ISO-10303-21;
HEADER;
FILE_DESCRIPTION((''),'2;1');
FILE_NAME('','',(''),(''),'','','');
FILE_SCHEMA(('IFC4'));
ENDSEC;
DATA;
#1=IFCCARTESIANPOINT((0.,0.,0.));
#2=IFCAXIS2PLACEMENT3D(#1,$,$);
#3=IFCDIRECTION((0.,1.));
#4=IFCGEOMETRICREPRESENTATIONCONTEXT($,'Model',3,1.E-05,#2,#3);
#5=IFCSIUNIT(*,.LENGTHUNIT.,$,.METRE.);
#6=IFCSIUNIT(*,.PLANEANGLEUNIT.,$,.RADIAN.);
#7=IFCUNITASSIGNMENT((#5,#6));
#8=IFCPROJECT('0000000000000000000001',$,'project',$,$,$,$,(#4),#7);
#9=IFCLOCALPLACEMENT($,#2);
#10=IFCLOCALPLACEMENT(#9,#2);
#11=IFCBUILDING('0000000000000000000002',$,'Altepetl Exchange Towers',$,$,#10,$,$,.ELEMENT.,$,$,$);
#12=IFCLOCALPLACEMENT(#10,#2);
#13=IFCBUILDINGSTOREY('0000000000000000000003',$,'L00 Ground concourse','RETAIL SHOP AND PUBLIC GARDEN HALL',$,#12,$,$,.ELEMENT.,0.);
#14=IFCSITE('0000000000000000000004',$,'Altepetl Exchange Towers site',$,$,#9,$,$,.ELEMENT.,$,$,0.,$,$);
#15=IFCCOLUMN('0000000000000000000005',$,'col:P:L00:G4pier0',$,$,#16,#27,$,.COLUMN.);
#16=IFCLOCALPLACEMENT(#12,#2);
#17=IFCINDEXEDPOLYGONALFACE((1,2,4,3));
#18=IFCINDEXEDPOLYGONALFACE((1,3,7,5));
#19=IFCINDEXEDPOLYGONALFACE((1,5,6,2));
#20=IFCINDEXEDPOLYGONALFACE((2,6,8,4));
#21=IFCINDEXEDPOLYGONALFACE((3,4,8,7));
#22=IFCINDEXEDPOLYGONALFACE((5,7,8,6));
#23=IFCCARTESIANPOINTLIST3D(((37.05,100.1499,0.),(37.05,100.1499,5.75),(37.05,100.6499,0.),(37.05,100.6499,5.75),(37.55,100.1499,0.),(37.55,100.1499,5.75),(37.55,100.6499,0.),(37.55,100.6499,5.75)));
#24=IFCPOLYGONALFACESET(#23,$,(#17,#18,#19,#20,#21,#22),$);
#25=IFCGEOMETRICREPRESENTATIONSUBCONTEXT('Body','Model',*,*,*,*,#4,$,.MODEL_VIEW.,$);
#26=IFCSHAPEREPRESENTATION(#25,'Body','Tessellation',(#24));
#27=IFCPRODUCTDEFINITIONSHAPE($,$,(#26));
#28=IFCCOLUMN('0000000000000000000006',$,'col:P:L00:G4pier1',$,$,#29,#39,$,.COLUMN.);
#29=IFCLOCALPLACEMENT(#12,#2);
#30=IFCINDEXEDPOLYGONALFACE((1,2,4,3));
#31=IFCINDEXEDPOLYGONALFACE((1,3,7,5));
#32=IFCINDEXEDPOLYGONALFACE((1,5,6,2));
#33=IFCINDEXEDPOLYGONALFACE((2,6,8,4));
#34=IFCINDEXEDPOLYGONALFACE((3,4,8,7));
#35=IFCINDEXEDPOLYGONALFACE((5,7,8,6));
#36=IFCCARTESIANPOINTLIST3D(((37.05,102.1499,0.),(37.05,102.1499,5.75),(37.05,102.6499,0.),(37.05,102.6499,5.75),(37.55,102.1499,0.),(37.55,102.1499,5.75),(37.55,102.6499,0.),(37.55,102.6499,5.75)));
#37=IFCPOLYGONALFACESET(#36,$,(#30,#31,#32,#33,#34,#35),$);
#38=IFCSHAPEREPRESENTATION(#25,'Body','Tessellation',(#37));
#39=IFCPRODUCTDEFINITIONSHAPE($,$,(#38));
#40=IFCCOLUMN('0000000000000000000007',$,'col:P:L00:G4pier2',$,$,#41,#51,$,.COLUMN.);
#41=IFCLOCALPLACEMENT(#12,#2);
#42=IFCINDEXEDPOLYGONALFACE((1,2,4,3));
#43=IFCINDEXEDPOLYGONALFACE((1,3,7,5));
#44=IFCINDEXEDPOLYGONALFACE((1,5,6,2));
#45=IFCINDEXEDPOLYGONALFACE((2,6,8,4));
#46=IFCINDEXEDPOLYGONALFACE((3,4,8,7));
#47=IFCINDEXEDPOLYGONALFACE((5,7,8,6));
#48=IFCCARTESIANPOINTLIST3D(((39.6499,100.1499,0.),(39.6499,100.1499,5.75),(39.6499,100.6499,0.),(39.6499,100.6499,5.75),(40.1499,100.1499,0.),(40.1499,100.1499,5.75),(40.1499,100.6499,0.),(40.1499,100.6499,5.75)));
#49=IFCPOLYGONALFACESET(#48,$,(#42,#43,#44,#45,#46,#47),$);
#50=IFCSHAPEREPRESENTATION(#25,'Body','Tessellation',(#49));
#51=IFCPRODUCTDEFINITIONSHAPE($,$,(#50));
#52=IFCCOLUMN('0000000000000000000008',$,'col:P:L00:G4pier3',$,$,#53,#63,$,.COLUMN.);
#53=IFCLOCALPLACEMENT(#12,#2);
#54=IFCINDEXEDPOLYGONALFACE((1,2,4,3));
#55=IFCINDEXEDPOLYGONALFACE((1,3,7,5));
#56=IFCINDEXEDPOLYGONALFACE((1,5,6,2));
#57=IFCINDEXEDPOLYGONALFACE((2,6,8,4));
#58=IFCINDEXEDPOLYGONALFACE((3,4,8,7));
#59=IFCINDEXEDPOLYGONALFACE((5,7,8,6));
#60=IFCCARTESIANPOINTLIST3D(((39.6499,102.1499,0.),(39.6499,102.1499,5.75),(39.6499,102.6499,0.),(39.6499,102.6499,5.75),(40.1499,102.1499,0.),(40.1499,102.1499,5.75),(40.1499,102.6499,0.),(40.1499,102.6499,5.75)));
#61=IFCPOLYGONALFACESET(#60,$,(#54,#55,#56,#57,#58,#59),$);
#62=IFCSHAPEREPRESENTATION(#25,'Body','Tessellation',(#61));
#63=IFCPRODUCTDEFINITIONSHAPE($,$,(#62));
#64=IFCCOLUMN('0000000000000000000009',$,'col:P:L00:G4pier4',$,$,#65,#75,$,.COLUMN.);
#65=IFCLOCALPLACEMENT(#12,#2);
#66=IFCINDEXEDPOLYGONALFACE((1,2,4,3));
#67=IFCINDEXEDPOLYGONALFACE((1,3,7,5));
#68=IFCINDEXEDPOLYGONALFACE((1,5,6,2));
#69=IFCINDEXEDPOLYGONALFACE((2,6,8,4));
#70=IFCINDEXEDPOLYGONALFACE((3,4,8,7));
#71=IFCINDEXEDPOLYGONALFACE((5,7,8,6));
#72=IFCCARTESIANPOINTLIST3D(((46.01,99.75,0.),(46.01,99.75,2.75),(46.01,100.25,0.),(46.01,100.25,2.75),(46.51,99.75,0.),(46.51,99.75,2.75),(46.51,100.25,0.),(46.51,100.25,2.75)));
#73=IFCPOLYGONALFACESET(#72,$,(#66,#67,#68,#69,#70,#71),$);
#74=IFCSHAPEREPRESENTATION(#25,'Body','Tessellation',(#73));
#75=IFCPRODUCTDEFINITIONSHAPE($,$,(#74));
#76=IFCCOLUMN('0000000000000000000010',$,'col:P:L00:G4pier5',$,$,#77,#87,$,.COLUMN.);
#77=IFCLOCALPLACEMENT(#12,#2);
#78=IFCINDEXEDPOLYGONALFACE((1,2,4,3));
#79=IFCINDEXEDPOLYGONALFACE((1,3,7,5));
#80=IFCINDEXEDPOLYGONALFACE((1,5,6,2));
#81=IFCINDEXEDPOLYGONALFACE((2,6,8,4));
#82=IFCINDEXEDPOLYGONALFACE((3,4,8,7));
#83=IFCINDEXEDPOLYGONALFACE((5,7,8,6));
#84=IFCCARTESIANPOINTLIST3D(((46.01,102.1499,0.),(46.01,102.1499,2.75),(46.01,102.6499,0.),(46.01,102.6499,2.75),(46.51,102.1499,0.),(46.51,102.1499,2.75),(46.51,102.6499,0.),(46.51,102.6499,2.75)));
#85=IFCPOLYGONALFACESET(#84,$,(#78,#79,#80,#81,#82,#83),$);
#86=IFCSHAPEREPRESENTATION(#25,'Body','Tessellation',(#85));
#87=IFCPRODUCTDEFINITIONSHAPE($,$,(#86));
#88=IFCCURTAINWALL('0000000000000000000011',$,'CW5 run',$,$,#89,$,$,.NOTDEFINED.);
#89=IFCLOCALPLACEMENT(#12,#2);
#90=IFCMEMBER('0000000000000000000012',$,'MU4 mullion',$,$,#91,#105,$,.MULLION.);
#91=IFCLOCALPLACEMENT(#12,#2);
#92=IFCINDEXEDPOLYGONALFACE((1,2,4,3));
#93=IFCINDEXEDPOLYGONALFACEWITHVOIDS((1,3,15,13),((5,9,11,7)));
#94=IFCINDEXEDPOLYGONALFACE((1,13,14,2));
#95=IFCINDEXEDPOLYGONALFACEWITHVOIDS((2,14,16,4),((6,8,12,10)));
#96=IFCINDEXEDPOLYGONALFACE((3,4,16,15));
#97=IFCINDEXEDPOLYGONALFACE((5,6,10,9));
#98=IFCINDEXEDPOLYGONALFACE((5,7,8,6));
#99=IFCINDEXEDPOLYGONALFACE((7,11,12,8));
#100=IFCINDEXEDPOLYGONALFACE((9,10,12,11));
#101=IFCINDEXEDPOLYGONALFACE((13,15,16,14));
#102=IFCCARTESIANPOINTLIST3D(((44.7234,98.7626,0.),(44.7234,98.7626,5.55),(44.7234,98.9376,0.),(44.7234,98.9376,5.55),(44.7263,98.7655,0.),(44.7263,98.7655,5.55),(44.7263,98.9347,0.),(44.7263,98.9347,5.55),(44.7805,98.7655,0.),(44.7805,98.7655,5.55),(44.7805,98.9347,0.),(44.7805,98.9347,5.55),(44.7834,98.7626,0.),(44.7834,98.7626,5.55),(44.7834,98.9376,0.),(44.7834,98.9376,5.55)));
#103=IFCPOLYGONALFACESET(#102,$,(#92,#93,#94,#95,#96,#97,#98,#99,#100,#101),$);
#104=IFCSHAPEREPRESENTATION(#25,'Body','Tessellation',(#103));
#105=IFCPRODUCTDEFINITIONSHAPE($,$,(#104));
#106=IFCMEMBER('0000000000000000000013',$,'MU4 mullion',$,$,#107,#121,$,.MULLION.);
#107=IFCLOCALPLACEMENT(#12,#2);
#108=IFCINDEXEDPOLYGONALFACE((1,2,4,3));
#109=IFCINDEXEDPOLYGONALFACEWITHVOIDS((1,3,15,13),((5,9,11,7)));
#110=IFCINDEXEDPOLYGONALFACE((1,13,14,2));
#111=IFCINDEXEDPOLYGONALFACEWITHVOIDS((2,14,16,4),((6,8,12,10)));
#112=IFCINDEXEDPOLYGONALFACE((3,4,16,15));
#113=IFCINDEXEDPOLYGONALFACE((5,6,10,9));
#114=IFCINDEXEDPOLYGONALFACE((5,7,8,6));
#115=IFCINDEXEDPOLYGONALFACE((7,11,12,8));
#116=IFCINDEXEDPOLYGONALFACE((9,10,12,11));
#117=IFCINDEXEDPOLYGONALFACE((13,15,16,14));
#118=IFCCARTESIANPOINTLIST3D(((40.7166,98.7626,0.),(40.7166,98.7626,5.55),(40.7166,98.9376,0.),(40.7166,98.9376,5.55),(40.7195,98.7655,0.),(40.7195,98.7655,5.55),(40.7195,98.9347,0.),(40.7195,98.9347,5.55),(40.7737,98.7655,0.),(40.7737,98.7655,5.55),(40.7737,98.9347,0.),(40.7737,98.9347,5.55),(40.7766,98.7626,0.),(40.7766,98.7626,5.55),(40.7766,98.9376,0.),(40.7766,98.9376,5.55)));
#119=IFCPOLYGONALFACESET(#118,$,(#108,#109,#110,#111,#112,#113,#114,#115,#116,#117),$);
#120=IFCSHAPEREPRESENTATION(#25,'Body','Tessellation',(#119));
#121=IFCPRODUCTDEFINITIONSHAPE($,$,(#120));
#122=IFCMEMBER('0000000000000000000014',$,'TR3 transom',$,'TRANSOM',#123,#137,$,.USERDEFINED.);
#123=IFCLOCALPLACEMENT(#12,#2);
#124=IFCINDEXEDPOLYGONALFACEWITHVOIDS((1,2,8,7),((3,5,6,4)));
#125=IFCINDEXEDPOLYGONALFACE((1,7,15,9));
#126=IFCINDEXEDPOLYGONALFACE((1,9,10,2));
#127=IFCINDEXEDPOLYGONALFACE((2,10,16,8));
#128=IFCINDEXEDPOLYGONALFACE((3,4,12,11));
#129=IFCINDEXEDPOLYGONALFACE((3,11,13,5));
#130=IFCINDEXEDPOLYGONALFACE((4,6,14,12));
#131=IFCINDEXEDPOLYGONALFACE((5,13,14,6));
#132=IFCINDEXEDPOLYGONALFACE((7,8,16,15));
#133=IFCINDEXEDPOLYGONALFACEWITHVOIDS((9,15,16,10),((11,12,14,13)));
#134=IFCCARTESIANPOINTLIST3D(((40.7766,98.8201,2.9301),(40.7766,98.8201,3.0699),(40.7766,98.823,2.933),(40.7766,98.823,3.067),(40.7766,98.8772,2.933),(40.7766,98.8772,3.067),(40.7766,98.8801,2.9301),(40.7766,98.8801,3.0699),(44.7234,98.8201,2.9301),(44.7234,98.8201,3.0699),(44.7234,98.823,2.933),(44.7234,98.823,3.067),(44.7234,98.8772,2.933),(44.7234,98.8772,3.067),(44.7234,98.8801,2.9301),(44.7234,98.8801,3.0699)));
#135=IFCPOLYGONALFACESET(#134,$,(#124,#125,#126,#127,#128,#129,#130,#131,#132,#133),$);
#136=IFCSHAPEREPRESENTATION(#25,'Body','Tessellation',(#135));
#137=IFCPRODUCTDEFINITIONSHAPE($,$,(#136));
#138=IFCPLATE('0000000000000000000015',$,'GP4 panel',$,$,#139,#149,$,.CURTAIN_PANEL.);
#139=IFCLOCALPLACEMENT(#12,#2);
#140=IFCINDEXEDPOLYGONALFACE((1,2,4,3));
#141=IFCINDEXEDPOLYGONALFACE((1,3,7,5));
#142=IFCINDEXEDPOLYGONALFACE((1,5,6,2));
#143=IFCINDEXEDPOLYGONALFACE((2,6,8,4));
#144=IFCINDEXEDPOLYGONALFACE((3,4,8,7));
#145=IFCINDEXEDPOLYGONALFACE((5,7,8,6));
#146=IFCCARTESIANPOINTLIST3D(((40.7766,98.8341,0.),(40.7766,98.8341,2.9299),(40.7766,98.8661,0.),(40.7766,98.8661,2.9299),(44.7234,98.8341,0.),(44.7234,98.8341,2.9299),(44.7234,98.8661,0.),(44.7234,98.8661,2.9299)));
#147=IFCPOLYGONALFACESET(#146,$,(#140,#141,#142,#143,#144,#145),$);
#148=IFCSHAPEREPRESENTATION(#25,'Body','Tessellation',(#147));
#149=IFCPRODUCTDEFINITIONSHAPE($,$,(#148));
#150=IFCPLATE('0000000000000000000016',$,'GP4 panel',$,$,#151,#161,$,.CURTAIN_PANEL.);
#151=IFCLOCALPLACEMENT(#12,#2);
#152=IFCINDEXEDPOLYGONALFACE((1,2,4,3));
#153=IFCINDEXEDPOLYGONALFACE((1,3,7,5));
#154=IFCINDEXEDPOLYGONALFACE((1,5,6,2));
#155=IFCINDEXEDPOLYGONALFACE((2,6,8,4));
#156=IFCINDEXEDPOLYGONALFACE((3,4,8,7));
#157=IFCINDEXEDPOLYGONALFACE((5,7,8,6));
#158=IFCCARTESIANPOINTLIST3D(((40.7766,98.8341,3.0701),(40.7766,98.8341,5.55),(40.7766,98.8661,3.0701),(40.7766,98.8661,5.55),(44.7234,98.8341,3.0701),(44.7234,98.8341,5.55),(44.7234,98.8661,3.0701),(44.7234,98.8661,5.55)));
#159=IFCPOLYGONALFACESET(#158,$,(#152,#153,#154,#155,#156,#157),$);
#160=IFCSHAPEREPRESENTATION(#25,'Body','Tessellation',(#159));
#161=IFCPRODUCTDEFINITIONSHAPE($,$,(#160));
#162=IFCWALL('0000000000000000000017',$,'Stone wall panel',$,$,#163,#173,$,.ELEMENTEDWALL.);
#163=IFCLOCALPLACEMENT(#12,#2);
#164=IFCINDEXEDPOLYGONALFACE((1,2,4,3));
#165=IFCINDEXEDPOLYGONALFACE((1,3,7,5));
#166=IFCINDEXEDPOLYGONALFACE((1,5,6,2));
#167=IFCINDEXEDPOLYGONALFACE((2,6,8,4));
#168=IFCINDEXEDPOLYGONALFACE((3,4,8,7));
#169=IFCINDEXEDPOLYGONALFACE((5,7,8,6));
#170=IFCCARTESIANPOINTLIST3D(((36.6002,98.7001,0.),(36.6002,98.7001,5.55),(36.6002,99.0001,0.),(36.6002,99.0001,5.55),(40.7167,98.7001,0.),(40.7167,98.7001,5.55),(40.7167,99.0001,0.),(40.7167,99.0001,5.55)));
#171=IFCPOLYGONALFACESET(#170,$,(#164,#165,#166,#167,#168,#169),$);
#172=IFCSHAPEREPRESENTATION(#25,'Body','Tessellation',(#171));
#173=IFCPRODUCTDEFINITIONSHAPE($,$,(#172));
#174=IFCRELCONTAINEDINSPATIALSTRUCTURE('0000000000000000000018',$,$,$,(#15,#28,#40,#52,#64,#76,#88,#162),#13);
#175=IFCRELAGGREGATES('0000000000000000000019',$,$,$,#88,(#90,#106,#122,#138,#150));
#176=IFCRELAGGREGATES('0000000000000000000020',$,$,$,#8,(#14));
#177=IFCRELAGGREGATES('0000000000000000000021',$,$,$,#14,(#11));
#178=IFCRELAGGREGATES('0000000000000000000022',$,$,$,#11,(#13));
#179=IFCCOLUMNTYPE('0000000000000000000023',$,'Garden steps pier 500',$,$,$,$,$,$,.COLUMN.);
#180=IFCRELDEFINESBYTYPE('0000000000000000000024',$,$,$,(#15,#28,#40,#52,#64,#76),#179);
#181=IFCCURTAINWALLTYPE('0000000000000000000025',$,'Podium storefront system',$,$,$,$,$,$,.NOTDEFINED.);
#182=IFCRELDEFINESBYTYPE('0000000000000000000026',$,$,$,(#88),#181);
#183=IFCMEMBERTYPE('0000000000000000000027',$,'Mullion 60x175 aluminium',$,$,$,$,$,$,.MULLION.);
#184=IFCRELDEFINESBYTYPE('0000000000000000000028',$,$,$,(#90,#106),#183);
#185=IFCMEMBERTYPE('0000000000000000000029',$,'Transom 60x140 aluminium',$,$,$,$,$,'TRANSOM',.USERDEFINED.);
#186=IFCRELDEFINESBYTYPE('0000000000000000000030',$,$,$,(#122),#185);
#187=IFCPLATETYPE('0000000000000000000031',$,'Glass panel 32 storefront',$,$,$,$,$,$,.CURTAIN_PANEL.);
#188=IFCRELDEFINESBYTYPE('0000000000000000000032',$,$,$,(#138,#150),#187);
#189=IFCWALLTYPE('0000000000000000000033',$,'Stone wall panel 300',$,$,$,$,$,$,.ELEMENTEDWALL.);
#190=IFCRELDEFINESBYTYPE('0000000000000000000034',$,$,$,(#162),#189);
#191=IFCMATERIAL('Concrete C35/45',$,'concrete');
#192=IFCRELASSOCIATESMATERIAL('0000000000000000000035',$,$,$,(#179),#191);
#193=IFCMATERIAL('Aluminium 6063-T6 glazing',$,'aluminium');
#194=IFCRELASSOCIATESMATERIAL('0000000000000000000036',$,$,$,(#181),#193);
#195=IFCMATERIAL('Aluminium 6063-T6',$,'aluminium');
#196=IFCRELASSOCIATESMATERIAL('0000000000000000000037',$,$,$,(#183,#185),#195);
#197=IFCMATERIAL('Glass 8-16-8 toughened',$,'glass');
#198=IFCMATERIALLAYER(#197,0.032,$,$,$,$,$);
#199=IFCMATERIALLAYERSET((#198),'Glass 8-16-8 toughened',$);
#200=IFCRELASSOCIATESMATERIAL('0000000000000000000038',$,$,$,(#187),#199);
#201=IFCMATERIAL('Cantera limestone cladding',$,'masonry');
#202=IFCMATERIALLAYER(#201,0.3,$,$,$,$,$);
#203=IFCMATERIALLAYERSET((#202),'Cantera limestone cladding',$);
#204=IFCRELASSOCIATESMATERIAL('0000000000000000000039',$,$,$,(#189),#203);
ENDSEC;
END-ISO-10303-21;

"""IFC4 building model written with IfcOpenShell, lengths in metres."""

from ifc_helpers import new_model, si_unit, direction, frame, frame_2d, origin, origin_2d, place, context, subcontext, project, spatial, rectangle, hollow_rectangle, extrude, material, layer, layer_set, material_profile, profile_set, type_object, element, aggregate, save


model = new_model("IFC4")

# Units and contexts
model_context = context("Model", 3, precision=1e-05, world=origin(), true_north=direction((0.0, 1.0)))
body_context = subcontext(model_context, "Body", "Model", "MODEL_VIEW")
ifc_project = project(units=[si_unit("LENGTHUNIT", "METRE"), si_unit("PLANEANGLEUNIT", "RADIAN")], contexts=[model_context])

# Site, building, storey
site_placement = place(None, origin())
site = spatial("IfcSite", under=ifc_project, at=site_placement, Name="Altepetl Exchange Towers site", CompositionType="ELEMENT", RefElevation=0.0)
building_placement = place(site_placement, origin())
building = spatial("IfcBuilding", under=site, at=building_placement, Name="Altepetl Exchange Towers", CompositionType="ELEMENT")
storey_placement = place(building_placement, origin())
storey = spatial("IfcBuildingStorey", under=building, at=storey_placement, Name="L00 Ground concourse", Description="RETAIL SHOP AND PUBLIC GARDEN HALL", CompositionType="ELEMENT", Elevation=0.0)

# Columns
ifc_material_1 = material(Name="Concrete C35/45", Category="concrete")
ifc_material_profile_1 = material_profile(ifc_material_1, rectangle(XDim=0.5, YDim=0.5, at=origin_2d()), Name="500 x 500")
ifc_profile_set_1 = profile_set([ifc_material_profile_1], Name="Concrete C35/45")
column_type = type_object("IfcColumnType", Name="Garden steps pier 500", PredefinedType="COLUMN", material=ifc_profile_set_1)
for number, where, name in (
    (1, (37.3, 100.3999, 0.0), "col:P:L00:G4pier0"),
    (2, (37.3, 102.3999, 0.0), "col:P:L00:G4pier1"),
    (3, (39.8999, 100.3999, 0.0), "col:P:L00:G4pier2"),
    (4, (39.8999, 102.3999, 0.0), "col:P:L00:G4pier3"),
):
    element("IfcColumn", number, at=place(storey_placement, frame(where)), inside=storey, type_object=column_type, Name=name, PredefinedType="COLUMN", context=body_context, shape_type="SweptSolid", body=[
        extrude(rectangle(XDim=0.5, YDim=0.5, at=origin_2d()), origin(), (0.0, 0.0, 1.0), 5.75),
    ])
for number, where, name in (
    (5, (46.26, 100.0, 0.0), "col:P:L00:G4pier4"),
    (6, (46.26, 102.3999, 0.0), "col:P:L00:G4pier5"),
):
    element("IfcColumn", number, at=place(storey_placement, frame(where)), inside=storey, type_object=column_type, Name=name, PredefinedType="COLUMN", context=body_context, shape_type="SweptSolid", body=[
        extrude(rectangle(XDim=0.5, YDim=0.5, at=origin_2d()), origin(), (0.0, 0.0, 1.0), 2.75),
    ])

# Curtain wall, members, plates
ifc_material_2 = material(Name="Aluminium 6063-T6 glazing", Category="aluminium")
curtain_wall_type = type_object("IfcCurtainWallType", Name="Podium storefront system", PredefinedType="NOTDEFINED", material=ifc_material_2)
curtain_wall_placement = place(storey_placement, origin())
curtain_wall = element("IfcCurtainWall", 7, at=curtain_wall_placement, inside=storey, type_object=curtain_wall_type, Name="CW5 run", PredefinedType="NOTDEFINED")
ifc_material_3 = material(Name="Aluminium 6063-T6", Category="aluminium")
ifc_material_profile_2 = material_profile(ifc_material_3, hollow_rectangle(XDim=0.0601, YDim=0.175, WallThickness=0.0029, at=origin_2d()), Name="Mullion 60x175 aluminium")
ifc_profile_set_2 = profile_set([ifc_material_profile_2], Name="Aluminium 6063-T6")
member_type_1 = type_object("IfcMemberType", Name="Mullion 60x175 aluminium", PredefinedType="MULLION", material=ifc_profile_set_2)
member_1_placement = place(storey_placement, frame((44.7534, 98.8501, 0.0), z_axis=(0.0, 0.0, 1.0), x_axis=(-1.0, 0.0, 0.0)))
member_1 = element("IfcMember", 8, at=member_1_placement, type_object=member_type_1, Name="MU4 mullion", PredefinedType="MULLION", context=body_context, shape_type="SweptSolid", body=[
    extrude(hollow_rectangle(XDim=0.0601, YDim=0.175, WallThickness=0.0029, at=origin_2d()), origin(), (0.0, 0.0, 1.0), 5.55),
])
member_2_placement = place(storey_placement, frame((40.7466, 98.8501, 0.0), z_axis=(0.0, 0.0, 1.0), x_axis=(-1.0, 0.0, 0.0)))
member_2 = element("IfcMember", 9, at=member_2_placement, type_object=member_type_1, Name="MU4 mullion", PredefinedType="MULLION", context=body_context, shape_type="SweptSolid", body=[
    extrude(hollow_rectangle(XDim=0.0601, YDim=0.175, WallThickness=0.0029, at=origin_2d()), origin(), (0.0, 0.0, 1.0), 5.55),
])
ifc_material_profile_3 = material_profile(ifc_material_3, hollow_rectangle(XDim=0.0601, YDim=0.1399, WallThickness=0.0029, at=origin_2d()), Name="Transom 60x140 aluminium")
ifc_profile_set_3 = profile_set([ifc_material_profile_3], Name="Aluminium 6063-T6")
member_type_2 = type_object("IfcMemberType", Name="Transom 60x140 aluminium", ElementType="TRANSOM", PredefinedType="USERDEFINED", material=ifc_profile_set_3)
member_3_placement = place(storey_placement, frame((44.7234, 98.8501, 3.0), z_axis=(-1.0, 0.0, 0.0), x_axis=(0.0, -1.0, 0.0)))
member_3 = element("IfcMember", 10, at=member_3_placement, type_object=member_type_2, Name="TR3 transom", ObjectType="TRANSOM", PredefinedType="USERDEFINED", context=body_context, shape_type="SweptSolid", body=[
    extrude(hollow_rectangle(XDim=0.0601, YDim=0.1399, WallThickness=0.0029, at=origin_2d()), origin(), (0.0, 0.0, 1.0), 3.9468),
])
ifc_material_4 = material(Name="Glass 8-16-8 toughened", Category="glass")
ifc_layer_1 = layer(ifc_material_4, 0.032)
ifc_layer_set_1 = layer_set([ifc_layer_1], Name="Glass 8-16-8 toughened")
plate_type = type_object("IfcPlateType", Name="Glass panel 32 storefront", PredefinedType="CURTAIN_PANEL", material=ifc_layer_set_1)
plate_1_placement = place(storey_placement, frame((42.75, 98.8501, 0.0), z_axis=(0.0, 0.0, 1.0), x_axis=(-1.0, 0.0, 0.0)))
plate_1 = element("IfcPlate", 11, at=plate_1_placement, type_object=plate_type, Name="GP4 panel", PredefinedType="CURTAIN_PANEL", context=body_context, shape_type="SweptSolid", body=[
    extrude(rectangle(XDim=3.9468, YDim=0.032, at=origin_2d()), origin(), (0.0, 0.0, 1.0), 2.9299),
])
plate_2_placement = place(storey_placement, frame((42.75, 98.8501, 3.0701), z_axis=(0.0, 0.0, 1.0), x_axis=(-1.0, 0.0, 0.0)))
plate_2 = element("IfcPlate", 12, at=plate_2_placement, type_object=plate_type, Name="GP4 panel", PredefinedType="CURTAIN_PANEL", context=body_context, shape_type="SweptSolid", body=[
    extrude(rectangle(XDim=3.9468, YDim=0.032, at=origin_2d()), origin(), (0.0, 0.0, 1.0), 2.48),
])
aggregate(curtain_wall, [member_1, member_2, member_3, plate_1, plate_2])

# Wall
ifc_material_5 = material(Name="Cantera limestone cladding", Category="masonry")
ifc_layer_2 = layer(ifc_material_5, 0.3)
ifc_layer_set_2 = layer_set([ifc_layer_2], Name="Cantera limestone cladding")
wall_type = type_object("IfcWallType", Name="Stone wall panel 300", PredefinedType="ELEMENTEDWALL", material=ifc_layer_set_2)
wall_placement = place(storey_placement, frame((40.7166, 98.8501, 0.0), z_axis=(0.0, 0.0, 1.0), x_axis=(-1.0, 0.0, 0.0)))
element("IfcWall", 13, at=wall_placement, inside=storey, type_object=wall_type, Name="Stone wall panel", PredefinedType="ELEMENTEDWALL", context=body_context, shape_type="SweptSolid", body=[
    extrude(rectangle(XDim=4.1165, YDim=0.3, at=frame_2d((2.0581, 0.0))), origin(), (0.0, 0.0, 1.0), 5.55),
])

save(model, "model.ifc")
